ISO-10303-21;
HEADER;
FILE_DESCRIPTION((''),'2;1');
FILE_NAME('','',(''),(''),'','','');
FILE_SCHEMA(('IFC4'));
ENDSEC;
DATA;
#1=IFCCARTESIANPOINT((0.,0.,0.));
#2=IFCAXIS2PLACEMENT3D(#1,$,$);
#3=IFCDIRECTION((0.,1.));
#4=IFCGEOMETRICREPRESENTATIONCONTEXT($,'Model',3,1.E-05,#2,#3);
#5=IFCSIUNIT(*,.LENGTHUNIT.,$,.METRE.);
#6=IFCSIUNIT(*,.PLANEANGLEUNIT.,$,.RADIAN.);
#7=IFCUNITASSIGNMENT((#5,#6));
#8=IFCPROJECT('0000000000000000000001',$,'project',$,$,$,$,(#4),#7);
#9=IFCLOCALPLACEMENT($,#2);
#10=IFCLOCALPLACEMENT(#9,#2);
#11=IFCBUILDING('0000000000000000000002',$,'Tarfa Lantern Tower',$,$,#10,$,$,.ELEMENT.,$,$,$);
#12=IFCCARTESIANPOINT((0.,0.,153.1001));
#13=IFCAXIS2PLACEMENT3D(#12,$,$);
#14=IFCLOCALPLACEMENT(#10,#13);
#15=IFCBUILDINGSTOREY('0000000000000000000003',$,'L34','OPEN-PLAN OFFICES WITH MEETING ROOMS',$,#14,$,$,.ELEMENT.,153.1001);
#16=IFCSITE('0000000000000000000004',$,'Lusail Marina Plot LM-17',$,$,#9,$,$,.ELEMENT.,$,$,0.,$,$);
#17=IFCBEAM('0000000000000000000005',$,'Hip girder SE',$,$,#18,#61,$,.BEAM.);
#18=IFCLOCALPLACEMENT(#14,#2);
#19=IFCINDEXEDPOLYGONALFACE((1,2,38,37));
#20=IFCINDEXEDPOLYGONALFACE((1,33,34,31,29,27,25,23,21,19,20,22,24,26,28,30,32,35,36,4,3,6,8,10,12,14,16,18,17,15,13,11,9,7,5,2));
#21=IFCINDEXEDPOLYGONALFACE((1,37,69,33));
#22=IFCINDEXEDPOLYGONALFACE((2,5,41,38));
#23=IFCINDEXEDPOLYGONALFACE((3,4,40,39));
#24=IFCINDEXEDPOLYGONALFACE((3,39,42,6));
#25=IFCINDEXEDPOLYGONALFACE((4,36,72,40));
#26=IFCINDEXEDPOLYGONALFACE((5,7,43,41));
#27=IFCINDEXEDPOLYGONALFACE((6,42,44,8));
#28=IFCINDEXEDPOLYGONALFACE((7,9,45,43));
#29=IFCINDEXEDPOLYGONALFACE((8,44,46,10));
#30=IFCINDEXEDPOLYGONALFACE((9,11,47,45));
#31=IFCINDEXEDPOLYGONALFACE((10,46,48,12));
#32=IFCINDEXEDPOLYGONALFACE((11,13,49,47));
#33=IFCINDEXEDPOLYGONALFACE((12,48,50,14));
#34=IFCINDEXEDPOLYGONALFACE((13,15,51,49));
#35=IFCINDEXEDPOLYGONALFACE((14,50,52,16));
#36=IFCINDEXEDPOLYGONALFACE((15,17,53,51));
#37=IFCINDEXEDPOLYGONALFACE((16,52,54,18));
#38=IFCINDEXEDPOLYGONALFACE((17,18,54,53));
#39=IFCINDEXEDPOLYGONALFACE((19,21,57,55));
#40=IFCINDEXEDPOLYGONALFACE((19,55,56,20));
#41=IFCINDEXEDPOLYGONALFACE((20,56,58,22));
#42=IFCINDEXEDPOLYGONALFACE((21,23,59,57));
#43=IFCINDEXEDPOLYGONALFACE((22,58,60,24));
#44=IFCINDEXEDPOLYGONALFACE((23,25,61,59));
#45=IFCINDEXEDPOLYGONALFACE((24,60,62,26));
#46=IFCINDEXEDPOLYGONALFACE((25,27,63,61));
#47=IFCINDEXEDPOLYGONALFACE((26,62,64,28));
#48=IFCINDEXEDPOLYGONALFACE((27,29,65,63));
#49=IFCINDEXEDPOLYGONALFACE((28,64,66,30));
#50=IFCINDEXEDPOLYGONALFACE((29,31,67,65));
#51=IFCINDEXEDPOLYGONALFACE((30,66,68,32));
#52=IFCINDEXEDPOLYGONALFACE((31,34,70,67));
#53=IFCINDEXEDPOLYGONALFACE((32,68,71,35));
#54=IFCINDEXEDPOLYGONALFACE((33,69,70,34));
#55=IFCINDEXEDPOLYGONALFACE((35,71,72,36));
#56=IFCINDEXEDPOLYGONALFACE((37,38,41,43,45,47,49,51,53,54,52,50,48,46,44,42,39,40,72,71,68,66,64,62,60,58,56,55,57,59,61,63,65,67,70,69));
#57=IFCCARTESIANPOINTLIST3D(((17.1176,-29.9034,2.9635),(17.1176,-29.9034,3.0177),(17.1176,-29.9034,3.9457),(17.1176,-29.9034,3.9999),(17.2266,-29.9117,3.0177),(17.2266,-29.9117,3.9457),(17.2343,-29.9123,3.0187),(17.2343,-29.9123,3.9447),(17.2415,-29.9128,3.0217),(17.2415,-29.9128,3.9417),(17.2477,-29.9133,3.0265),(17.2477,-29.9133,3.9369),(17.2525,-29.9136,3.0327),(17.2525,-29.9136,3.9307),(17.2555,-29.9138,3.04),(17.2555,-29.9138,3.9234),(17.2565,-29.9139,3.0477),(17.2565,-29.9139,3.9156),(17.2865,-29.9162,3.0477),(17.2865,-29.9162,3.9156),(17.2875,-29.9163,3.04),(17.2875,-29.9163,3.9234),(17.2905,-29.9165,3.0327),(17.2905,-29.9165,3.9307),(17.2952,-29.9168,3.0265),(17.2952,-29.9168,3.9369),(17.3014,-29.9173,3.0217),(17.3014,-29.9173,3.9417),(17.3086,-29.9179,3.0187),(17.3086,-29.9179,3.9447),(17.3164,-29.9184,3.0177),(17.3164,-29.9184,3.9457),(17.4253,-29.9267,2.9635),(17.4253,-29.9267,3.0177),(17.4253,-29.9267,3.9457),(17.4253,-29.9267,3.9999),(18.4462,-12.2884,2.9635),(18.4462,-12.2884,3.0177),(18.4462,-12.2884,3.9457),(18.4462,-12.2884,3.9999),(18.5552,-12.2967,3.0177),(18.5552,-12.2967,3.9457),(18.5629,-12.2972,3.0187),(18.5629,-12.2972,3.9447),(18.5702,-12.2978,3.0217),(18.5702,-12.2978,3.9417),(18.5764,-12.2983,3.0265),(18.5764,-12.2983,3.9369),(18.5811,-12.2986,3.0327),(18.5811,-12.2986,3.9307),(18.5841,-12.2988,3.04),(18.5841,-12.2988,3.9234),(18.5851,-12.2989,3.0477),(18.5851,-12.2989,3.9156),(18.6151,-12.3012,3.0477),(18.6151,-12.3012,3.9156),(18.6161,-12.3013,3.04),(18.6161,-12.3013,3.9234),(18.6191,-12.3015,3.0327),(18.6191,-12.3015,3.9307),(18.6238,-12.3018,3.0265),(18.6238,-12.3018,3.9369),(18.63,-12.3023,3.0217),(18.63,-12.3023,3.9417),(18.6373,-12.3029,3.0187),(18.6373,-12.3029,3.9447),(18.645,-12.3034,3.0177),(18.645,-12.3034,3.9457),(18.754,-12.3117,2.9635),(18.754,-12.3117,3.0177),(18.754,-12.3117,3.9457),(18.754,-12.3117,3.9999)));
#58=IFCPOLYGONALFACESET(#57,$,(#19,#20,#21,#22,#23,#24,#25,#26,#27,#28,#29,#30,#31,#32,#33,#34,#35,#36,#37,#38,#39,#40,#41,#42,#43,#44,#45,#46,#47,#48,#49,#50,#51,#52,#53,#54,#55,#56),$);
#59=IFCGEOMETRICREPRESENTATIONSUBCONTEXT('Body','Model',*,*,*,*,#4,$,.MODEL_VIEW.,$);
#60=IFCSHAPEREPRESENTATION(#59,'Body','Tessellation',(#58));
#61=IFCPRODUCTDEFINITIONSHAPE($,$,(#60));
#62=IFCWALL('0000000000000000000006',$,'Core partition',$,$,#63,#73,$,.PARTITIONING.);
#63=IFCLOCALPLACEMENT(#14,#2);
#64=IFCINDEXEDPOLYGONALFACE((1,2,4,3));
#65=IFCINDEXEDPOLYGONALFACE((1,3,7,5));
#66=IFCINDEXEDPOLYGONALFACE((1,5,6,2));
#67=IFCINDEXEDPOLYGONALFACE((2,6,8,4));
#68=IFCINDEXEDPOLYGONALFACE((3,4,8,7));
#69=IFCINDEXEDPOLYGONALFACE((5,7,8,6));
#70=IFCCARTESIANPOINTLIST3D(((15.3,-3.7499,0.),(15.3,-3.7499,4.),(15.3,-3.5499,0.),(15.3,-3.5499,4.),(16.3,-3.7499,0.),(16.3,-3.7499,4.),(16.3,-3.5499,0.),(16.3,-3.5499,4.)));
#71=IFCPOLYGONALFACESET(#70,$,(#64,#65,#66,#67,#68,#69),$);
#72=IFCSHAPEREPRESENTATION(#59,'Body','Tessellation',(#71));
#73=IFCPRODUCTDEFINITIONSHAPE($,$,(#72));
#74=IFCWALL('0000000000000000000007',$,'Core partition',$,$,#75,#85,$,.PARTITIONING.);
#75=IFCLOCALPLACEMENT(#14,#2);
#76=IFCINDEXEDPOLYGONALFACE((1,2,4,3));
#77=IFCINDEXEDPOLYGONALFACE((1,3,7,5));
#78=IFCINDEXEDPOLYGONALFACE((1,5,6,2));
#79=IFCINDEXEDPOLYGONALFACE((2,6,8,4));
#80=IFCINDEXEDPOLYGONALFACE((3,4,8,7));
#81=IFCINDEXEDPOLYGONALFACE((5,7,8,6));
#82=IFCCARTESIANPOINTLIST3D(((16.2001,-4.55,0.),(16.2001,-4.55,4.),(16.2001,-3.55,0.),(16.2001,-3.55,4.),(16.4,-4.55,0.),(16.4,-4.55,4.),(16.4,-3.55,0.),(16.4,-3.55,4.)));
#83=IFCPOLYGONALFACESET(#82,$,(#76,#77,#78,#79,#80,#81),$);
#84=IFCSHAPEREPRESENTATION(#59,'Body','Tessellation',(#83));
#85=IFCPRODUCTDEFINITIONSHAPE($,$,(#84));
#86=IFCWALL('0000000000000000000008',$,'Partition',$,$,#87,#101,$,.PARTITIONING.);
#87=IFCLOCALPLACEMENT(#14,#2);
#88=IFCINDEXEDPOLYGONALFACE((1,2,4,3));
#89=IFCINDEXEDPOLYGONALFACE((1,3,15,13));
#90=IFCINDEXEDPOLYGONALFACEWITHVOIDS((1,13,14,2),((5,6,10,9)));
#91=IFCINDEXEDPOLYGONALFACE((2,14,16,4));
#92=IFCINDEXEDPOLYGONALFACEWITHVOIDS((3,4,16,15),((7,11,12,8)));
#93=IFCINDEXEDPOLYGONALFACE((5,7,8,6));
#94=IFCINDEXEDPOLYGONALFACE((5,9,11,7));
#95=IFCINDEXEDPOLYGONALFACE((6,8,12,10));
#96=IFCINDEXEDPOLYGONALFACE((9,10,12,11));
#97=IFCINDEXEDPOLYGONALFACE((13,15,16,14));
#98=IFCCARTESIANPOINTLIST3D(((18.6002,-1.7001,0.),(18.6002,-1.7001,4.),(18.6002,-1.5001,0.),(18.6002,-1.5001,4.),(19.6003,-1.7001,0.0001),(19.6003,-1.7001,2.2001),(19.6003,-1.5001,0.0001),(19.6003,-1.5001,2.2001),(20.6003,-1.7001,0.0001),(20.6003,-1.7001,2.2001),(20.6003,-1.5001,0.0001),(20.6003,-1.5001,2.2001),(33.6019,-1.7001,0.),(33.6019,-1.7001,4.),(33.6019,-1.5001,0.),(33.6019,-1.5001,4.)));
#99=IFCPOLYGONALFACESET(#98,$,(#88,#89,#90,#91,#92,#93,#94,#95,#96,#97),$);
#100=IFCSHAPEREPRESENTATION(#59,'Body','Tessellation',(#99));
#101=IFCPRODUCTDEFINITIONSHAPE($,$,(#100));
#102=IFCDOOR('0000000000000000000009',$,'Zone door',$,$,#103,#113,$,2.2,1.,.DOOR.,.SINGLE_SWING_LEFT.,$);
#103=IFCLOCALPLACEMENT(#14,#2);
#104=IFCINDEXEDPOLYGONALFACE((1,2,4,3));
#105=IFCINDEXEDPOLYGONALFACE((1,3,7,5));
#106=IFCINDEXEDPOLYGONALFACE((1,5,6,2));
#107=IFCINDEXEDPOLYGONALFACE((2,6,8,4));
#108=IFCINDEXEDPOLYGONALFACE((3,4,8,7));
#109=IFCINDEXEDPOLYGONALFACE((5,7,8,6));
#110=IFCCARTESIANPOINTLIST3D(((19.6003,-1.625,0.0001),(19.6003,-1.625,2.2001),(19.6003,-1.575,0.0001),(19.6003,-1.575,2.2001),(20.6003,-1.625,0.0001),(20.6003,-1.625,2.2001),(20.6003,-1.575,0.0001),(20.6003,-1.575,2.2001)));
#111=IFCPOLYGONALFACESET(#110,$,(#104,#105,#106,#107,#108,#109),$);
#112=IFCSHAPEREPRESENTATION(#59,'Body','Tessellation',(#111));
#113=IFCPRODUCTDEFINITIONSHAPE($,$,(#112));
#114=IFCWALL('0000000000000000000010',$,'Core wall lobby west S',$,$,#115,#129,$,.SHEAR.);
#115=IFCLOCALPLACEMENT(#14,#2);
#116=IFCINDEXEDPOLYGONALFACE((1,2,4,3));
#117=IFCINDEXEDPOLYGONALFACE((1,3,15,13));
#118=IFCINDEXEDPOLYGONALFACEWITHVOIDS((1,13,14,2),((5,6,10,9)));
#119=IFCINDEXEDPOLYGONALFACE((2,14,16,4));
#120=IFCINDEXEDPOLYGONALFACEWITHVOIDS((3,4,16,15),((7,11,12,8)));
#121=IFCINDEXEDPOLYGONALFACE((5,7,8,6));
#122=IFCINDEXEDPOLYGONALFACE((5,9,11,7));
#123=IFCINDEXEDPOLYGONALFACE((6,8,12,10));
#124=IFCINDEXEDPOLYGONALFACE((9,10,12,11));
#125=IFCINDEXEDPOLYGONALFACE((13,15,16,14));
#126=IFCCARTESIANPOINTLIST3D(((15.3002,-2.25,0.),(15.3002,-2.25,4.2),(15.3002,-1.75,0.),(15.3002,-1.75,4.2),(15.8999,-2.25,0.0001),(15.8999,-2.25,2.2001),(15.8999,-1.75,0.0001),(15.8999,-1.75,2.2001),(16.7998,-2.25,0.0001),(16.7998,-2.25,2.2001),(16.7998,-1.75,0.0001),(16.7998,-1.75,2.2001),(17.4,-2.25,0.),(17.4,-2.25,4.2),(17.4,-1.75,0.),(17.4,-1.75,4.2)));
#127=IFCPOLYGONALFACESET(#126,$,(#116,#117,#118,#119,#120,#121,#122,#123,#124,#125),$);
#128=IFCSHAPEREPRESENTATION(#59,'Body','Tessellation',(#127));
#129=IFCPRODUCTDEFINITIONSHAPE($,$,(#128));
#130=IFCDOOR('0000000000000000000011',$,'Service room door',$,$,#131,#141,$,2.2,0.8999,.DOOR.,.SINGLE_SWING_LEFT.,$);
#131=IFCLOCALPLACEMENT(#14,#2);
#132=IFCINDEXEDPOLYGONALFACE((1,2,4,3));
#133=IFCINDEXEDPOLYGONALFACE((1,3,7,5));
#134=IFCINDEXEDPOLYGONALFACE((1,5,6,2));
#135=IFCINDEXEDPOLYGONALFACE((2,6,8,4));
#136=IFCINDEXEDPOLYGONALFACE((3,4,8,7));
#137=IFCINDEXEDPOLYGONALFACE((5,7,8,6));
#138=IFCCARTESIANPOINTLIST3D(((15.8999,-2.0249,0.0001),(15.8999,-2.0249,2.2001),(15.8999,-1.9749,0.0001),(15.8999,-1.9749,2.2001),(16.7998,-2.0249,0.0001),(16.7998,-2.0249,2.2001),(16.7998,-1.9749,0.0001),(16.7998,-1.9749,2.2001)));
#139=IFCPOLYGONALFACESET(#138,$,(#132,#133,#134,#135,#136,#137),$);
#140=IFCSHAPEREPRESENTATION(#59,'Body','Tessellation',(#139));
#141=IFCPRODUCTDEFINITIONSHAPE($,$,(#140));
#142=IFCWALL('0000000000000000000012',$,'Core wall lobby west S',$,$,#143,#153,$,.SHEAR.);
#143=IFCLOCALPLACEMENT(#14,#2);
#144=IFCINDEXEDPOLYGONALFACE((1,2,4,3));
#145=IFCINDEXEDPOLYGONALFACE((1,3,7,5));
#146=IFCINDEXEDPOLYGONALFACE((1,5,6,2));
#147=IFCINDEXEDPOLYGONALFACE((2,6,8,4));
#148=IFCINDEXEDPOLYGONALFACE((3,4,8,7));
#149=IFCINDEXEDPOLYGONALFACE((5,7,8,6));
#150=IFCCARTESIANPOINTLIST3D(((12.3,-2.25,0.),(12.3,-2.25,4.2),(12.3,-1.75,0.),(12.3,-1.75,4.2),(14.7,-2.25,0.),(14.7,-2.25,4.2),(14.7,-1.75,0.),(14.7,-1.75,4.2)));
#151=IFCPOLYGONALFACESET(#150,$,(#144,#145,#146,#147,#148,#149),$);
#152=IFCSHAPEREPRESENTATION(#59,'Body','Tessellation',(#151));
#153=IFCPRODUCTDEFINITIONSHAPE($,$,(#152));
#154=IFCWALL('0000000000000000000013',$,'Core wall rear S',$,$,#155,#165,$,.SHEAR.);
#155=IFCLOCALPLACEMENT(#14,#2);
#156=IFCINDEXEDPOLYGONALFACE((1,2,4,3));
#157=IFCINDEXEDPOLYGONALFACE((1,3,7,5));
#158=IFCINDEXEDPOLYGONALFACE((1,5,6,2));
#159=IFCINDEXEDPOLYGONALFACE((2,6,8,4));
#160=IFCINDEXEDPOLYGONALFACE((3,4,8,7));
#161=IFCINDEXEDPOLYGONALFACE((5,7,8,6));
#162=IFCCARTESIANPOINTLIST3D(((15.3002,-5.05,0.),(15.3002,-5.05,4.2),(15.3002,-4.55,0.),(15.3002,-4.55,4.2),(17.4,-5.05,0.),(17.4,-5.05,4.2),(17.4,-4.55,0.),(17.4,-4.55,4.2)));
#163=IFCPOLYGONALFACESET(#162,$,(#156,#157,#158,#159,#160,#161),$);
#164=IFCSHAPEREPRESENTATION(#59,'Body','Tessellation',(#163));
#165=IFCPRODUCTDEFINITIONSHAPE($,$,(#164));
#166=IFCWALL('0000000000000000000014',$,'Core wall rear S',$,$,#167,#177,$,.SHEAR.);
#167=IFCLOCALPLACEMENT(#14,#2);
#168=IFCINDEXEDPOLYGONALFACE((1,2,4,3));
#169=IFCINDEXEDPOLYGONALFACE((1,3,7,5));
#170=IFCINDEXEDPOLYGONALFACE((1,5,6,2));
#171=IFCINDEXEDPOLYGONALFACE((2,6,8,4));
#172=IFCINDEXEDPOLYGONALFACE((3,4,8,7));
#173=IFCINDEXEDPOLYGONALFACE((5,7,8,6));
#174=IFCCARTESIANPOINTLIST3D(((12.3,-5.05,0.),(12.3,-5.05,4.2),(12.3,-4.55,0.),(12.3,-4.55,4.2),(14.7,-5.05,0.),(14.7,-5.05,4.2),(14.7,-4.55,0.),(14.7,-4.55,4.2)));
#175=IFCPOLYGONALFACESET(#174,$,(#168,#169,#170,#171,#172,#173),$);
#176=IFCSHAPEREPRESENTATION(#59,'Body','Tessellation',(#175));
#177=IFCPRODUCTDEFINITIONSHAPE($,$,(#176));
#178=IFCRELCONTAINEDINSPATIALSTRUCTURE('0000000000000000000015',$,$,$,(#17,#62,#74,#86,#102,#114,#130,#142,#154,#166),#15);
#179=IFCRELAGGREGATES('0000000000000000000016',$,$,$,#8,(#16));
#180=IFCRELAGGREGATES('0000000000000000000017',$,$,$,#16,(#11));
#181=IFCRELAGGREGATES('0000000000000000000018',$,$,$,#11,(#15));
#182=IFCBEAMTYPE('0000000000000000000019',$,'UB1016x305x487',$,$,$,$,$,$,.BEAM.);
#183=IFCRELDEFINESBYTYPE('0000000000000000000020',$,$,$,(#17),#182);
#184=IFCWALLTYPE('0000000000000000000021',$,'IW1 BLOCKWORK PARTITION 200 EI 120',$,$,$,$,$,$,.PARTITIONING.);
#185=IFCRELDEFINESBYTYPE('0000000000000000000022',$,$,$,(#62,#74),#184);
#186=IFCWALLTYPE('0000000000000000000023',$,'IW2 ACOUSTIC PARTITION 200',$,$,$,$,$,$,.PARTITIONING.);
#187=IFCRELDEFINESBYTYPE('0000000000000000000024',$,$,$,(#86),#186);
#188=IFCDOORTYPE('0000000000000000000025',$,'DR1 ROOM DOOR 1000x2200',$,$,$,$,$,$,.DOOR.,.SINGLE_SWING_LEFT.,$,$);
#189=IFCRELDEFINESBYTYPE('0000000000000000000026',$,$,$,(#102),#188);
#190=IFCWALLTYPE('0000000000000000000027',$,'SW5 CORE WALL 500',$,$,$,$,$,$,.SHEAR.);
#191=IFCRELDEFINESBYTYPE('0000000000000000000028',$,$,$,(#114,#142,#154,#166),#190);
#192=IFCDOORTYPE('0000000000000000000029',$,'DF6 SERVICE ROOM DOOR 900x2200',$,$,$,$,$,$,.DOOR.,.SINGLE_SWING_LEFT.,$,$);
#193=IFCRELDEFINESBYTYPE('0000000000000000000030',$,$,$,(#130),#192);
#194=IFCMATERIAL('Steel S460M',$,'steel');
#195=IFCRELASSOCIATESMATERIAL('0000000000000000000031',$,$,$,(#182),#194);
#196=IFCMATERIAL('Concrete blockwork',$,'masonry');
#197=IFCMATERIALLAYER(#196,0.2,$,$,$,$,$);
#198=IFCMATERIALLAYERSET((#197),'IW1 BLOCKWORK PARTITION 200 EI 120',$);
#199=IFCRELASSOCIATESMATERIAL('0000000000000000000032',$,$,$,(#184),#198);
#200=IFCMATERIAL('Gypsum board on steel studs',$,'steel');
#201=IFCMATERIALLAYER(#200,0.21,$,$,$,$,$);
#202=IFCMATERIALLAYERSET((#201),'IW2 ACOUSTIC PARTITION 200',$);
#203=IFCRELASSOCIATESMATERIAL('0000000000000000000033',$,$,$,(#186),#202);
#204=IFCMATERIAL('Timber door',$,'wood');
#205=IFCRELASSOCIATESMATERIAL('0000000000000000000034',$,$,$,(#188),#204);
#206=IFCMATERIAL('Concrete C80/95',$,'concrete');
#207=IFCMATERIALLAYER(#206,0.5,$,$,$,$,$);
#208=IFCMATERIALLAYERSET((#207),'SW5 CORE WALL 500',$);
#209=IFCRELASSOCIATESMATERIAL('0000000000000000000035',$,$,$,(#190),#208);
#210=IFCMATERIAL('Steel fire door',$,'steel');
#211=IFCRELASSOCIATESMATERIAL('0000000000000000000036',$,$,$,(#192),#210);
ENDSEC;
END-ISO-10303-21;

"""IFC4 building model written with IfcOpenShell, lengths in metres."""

from ifc_helpers import new_model, si_unit, direction, frame, frame_2d, origin, origin_2d, place, context, subcontext, project, spatial, rectangle, i_section, extrude, material, layer, layer_set, material_profile, profile_set, type_object, element, fill, save


model = new_model("IFC4")

# Units and contexts
model_context = context("Model", 3, precision=1e-05, world=origin(), true_north=direction((0.0, 1.0)))
body_context = subcontext(model_context, "Body", "Model", "MODEL_VIEW")
ifc_project = project(units=[si_unit("LENGTHUNIT", "METRE"), si_unit("PLANEANGLEUNIT", "RADIAN")], contexts=[model_context])

# Site, building, storey
site_placement = place(None, origin())
site = spatial("IfcSite", under=ifc_project, at=site_placement, Name="Lusail Marina Plot LM-17", CompositionType="ELEMENT", RefElevation=0.0)
building_placement = place(site_placement, origin())
building = spatial("IfcBuilding", under=site, at=building_placement, Name="Tarfa Lantern Tower", CompositionType="ELEMENT")
storey_placement = place(building_placement, frame((0.0, 0.0, 153.1001)))
storey = spatial("IfcBuildingStorey", under=building, at=storey_placement, Name="L34", Description="OPEN-PLAN OFFICES WITH MEETING ROOMS", CompositionType="ELEMENT", Elevation=153.1001)

# Beam
ifc_material_1 = material(Name="Steel S460M", Category="steel")
ifc_material_profile = material_profile(ifc_material_1, i_section(OverallWidth=0.3086, OverallDepth=1.0364, WebThickness=0.03, FlangeThickness=0.0542, FilletRadius=0.03, at=origin_2d()), Name="UB1016x305x487")
ifc_profile_set = profile_set([ifc_material_profile], Name="Steel S460M")
beam_type = type_object("IfcBeamType", Name="UB1016x305x487", PredefinedType="BEAM", material=ifc_profile_set)
beam_placement = place(storey_placement, frame((18.6001, -12.3, 3.4817), z_axis=(-0.075212, -0.997168, 0.0), x_axis=(0.997168, -0.075212, 0.0)))
element("IfcBeam", 1, at=beam_placement, inside=storey, type_object=beam_type, Name="Hip girder SE", PredefinedType="BEAM", context=body_context, shape_type="SweptSolid", body=[
    extrude(i_section(OverallWidth=0.3086, OverallDepth=1.0364, WebThickness=0.03, FlangeThickness=0.0542, FilletRadius=0.03, at=origin_2d()), origin(), (0.0, 0.0, 1.0), 17.665),
])

# Walls
ifc_material_2 = material(Name="Concrete blockwork", Category="masonry")
ifc_layer_1 = layer(ifc_material_2, 0.2)
ifc_layer_set_1 = layer_set([ifc_layer_1], Name="IW1 BLOCKWORK PARTITION 200 EI 120")
wall_type_1 = type_object("IfcWallType", Name="IW1 BLOCKWORK PARTITION 200 EI 120", PredefinedType="PARTITIONING", material=ifc_layer_set_1)
for number, where, z_axis, x_axis, name in (
    (2, (16.3, -3.6499, 0.0), (0.0, 0.0, 1.0), (-1.0, 0.0, 0.0), "Core partition"),
    (3, (16.3, -3.55, 0.0), (0.0, 0.0, 1.0), (0.0, -1.0, 0.0), "Core partition"),
):
    element("IfcWall", number, at=place(storey_placement, frame(where, z_axis=z_axis, x_axis=x_axis)), inside=storey, type_object=wall_type_1, Name=name, PredefinedType="PARTITIONING", context=body_context, shape_type="SweptSolid", body=[
        extrude(rectangle(XDim=1.0, YDim=0.2, at=frame_2d((0.5, 0.0))), origin(), (0.0, 0.0, 1.0), 4.0),
    ])

# Walls, openings, doors
ifc_material_3 = material(Name="Gypsum board on steel studs", Category="steel")
ifc_layer_2 = layer(ifc_material_3, 0.21)
ifc_layer_set_2 = layer_set([ifc_layer_2], Name="IW2 ACOUSTIC PARTITION 200")
wall_type_2 = type_object("IfcWallType", Name="IW2 ACOUSTIC PARTITION 200", PredefinedType="PARTITIONING", material=ifc_layer_set_2)
wall_1_placement = place(storey_placement, frame((18.6001, -1.6001, 0.0), z_axis=(0.0, 0.0, 1.0), x_axis=(1.0, 0.0, 0.0)))
wall_1 = element("IfcWall", 4, at=wall_1_placement, inside=storey, type_object=wall_type_2, Name="Partition", PredefinedType="PARTITIONING", context=body_context, shape_type="SweptSolid", body=[
    extrude(rectangle(XDim=15.0017, YDim=0.2, at=frame_2d((7.501, 0.0))), origin(), (0.0, 0.0, 1.0), 4.0),
])
opening_1_placement = place(wall_1_placement, frame((1.0002, 0.0, 0.0)))
opening_1 = element("IfcOpeningElement", 5, at=opening_1_placement, cuts=wall_1, PredefinedType="OPENING", context=body_context, shape_type="SweptSolid", body=[
    extrude(rectangle(XDim=1.0, YDim=2.2, at=frame_2d((0.5, 1.1001))), frame((0.0, 0.1099, 0.0), z_axis=(0.0, -1.0, 0.0), x_axis=(1.0, 0.0, 0.0)), (0.0, 0.0, 1.0), 0.22),
])
ifc_material_4 = material(Name="Timber door", Category="wood")
door_type_1 = type_object("IfcDoorType", Name="DR1 ROOM DOOR 1000x2200", OperationType="SINGLE_SWING_LEFT", PredefinedType="DOOR", material=ifc_material_4)
door_1_placement = place(opening_1_placement, frame((1.0, 0.0, 0.0), z_axis=(0.0, 0.0, 1.0), x_axis=(-1.0, 0.0, 0.0)))
door_1 = element("IfcDoor", 6, at=door_1_placement, inside=storey, type_object=door_type_1, Name="Zone door", OperationType="SINGLE_SWING_LEFT", OverallHeight=2.2, OverallWidth=1.0, PredefinedType="DOOR", context=body_context, shape_type="SweptSolid", body=[
    extrude(rectangle(XDim=1.0, YDim=2.2, at=frame_2d((0.5, 1.1001))), frame((0.0, 0.0249, 0.0), z_axis=(0.0, -1.0, 0.0), x_axis=(1.0, 0.0, 0.0)), (0.0, 0.0, 1.0), 0.05),
])
fill(opening_1, door_1)
ifc_material_5 = material(Name="Concrete C80/95", Category="concrete")
ifc_material_6 = material(Name="Steel fire door", Category="steel")
ifc_layer_3 = layer(ifc_material_5, 0.5)
ifc_layer_set_3 = layer_set([ifc_layer_3], Name="SW5 CORE WALL 500")
wall_type_3 = type_object("IfcWallType", Name="SW5 CORE WALL 500", PredefinedType="SHEAR", material=ifc_layer_set_3)
wall_2_placement = place(storey_placement, frame((17.3999, -2.0, 0.0), z_axis=(0.0, 0.0, 1.0), x_axis=(-1.0, 0.0, 0.0)))
wall_2 = element("IfcWall", 7, at=wall_2_placement, inside=storey, type_object=wall_type_3, Name="Core wall lobby west S", PredefinedType="SHEAR", context=body_context, shape_type="SweptSolid", body=[
    extrude(rectangle(XDim=2.0999, YDim=0.5, at=frame_2d((1.0498, 0.0))), origin(), (0.0, 0.0, 1.0), 4.2),
])
opening_2_placement = place(wall_2_placement, frame((0.6001, 0.0, 0.0)))
opening_2 = element("IfcOpeningElement", 8, at=opening_2_placement, cuts=wall_2, PredefinedType="OPENING", context=body_context, shape_type="SweptSolid", body=[
    extrude(rectangle(XDim=0.8999, YDim=2.2, at=frame_2d((0.45, 1.1001))), frame((0.0, 0.26, 0.0), z_axis=(0.0, -1.0, 0.0), x_axis=(1.0, 0.0, 0.0)), (0.0, 0.0, 1.0), 0.52),
])
door_type_2 = type_object("IfcDoorType", Name="DF6 SERVICE ROOM DOOR 900x2200", OperationType="SINGLE_SWING_LEFT", PredefinedType="DOOR", material=ifc_material_6)
door_2_placement = place(opening_2_placement, origin())
door_2 = element("IfcDoor", 9, at=door_2_placement, inside=storey, type_object=door_type_2, Name="Service room door", OperationType="SINGLE_SWING_LEFT", OverallHeight=2.2, OverallWidth=0.8999, PredefinedType="DOOR", context=body_context, shape_type="SweptSolid", body=[
    extrude(rectangle(XDim=0.8999, YDim=2.2, at=frame_2d((0.45, 1.1001))), frame((0.0, 0.0249, 0.0), z_axis=(0.0, -1.0, 0.0), x_axis=(1.0, 0.0, 0.0)), (0.0, 0.0, 1.0), 0.05),
])
fill(opening_2, door_2)

# Walls
wall_3_placement = place(storey_placement, frame((14.7, -2.0, 0.0), z_axis=(0.0, 0.0, 1.0), x_axis=(-1.0, 0.0, 0.0)))
element("IfcWall", 10, at=wall_3_placement, inside=storey, type_object=wall_type_3, Name="Core wall lobby west S", PredefinedType="SHEAR", context=body_context, shape_type="SweptSolid", body=[
    extrude(rectangle(XDim=2.3999, YDim=0.5, at=frame_2d((1.2, 0.0))), origin(), (0.0, 0.0, 1.0), 4.2),
])
wall_4_placement = place(storey_placement, frame((17.3999, -4.8, 0.0), z_axis=(0.0, 0.0, 1.0), x_axis=(-1.0, 0.0, 0.0)))
element("IfcWall", 11, at=wall_4_placement, inside=storey, type_object=wall_type_3, Name="Core wall rear S", PredefinedType="SHEAR", context=body_context, shape_type="SweptSolid", body=[
    extrude(rectangle(XDim=2.0999, YDim=0.5, at=frame_2d((1.0498, 0.0))), origin(), (0.0, 0.0, 1.0), 4.2),
])
wall_5_placement = place(storey_placement, frame((14.7, -4.8, 0.0), z_axis=(0.0, 0.0, 1.0), x_axis=(-1.0, 0.0, 0.0)))
element("IfcWall", 12, at=wall_5_placement, inside=storey, type_object=wall_type_3, Name="Core wall rear S", PredefinedType="SHEAR", context=body_context, shape_type="SweptSolid", body=[
    extrude(rectangle(XDim=2.3999, YDim=0.5, at=frame_2d((1.2, 0.0))), origin(), (0.0, 0.0, 1.0), 4.2),
])

save(model, "model.ifc")
